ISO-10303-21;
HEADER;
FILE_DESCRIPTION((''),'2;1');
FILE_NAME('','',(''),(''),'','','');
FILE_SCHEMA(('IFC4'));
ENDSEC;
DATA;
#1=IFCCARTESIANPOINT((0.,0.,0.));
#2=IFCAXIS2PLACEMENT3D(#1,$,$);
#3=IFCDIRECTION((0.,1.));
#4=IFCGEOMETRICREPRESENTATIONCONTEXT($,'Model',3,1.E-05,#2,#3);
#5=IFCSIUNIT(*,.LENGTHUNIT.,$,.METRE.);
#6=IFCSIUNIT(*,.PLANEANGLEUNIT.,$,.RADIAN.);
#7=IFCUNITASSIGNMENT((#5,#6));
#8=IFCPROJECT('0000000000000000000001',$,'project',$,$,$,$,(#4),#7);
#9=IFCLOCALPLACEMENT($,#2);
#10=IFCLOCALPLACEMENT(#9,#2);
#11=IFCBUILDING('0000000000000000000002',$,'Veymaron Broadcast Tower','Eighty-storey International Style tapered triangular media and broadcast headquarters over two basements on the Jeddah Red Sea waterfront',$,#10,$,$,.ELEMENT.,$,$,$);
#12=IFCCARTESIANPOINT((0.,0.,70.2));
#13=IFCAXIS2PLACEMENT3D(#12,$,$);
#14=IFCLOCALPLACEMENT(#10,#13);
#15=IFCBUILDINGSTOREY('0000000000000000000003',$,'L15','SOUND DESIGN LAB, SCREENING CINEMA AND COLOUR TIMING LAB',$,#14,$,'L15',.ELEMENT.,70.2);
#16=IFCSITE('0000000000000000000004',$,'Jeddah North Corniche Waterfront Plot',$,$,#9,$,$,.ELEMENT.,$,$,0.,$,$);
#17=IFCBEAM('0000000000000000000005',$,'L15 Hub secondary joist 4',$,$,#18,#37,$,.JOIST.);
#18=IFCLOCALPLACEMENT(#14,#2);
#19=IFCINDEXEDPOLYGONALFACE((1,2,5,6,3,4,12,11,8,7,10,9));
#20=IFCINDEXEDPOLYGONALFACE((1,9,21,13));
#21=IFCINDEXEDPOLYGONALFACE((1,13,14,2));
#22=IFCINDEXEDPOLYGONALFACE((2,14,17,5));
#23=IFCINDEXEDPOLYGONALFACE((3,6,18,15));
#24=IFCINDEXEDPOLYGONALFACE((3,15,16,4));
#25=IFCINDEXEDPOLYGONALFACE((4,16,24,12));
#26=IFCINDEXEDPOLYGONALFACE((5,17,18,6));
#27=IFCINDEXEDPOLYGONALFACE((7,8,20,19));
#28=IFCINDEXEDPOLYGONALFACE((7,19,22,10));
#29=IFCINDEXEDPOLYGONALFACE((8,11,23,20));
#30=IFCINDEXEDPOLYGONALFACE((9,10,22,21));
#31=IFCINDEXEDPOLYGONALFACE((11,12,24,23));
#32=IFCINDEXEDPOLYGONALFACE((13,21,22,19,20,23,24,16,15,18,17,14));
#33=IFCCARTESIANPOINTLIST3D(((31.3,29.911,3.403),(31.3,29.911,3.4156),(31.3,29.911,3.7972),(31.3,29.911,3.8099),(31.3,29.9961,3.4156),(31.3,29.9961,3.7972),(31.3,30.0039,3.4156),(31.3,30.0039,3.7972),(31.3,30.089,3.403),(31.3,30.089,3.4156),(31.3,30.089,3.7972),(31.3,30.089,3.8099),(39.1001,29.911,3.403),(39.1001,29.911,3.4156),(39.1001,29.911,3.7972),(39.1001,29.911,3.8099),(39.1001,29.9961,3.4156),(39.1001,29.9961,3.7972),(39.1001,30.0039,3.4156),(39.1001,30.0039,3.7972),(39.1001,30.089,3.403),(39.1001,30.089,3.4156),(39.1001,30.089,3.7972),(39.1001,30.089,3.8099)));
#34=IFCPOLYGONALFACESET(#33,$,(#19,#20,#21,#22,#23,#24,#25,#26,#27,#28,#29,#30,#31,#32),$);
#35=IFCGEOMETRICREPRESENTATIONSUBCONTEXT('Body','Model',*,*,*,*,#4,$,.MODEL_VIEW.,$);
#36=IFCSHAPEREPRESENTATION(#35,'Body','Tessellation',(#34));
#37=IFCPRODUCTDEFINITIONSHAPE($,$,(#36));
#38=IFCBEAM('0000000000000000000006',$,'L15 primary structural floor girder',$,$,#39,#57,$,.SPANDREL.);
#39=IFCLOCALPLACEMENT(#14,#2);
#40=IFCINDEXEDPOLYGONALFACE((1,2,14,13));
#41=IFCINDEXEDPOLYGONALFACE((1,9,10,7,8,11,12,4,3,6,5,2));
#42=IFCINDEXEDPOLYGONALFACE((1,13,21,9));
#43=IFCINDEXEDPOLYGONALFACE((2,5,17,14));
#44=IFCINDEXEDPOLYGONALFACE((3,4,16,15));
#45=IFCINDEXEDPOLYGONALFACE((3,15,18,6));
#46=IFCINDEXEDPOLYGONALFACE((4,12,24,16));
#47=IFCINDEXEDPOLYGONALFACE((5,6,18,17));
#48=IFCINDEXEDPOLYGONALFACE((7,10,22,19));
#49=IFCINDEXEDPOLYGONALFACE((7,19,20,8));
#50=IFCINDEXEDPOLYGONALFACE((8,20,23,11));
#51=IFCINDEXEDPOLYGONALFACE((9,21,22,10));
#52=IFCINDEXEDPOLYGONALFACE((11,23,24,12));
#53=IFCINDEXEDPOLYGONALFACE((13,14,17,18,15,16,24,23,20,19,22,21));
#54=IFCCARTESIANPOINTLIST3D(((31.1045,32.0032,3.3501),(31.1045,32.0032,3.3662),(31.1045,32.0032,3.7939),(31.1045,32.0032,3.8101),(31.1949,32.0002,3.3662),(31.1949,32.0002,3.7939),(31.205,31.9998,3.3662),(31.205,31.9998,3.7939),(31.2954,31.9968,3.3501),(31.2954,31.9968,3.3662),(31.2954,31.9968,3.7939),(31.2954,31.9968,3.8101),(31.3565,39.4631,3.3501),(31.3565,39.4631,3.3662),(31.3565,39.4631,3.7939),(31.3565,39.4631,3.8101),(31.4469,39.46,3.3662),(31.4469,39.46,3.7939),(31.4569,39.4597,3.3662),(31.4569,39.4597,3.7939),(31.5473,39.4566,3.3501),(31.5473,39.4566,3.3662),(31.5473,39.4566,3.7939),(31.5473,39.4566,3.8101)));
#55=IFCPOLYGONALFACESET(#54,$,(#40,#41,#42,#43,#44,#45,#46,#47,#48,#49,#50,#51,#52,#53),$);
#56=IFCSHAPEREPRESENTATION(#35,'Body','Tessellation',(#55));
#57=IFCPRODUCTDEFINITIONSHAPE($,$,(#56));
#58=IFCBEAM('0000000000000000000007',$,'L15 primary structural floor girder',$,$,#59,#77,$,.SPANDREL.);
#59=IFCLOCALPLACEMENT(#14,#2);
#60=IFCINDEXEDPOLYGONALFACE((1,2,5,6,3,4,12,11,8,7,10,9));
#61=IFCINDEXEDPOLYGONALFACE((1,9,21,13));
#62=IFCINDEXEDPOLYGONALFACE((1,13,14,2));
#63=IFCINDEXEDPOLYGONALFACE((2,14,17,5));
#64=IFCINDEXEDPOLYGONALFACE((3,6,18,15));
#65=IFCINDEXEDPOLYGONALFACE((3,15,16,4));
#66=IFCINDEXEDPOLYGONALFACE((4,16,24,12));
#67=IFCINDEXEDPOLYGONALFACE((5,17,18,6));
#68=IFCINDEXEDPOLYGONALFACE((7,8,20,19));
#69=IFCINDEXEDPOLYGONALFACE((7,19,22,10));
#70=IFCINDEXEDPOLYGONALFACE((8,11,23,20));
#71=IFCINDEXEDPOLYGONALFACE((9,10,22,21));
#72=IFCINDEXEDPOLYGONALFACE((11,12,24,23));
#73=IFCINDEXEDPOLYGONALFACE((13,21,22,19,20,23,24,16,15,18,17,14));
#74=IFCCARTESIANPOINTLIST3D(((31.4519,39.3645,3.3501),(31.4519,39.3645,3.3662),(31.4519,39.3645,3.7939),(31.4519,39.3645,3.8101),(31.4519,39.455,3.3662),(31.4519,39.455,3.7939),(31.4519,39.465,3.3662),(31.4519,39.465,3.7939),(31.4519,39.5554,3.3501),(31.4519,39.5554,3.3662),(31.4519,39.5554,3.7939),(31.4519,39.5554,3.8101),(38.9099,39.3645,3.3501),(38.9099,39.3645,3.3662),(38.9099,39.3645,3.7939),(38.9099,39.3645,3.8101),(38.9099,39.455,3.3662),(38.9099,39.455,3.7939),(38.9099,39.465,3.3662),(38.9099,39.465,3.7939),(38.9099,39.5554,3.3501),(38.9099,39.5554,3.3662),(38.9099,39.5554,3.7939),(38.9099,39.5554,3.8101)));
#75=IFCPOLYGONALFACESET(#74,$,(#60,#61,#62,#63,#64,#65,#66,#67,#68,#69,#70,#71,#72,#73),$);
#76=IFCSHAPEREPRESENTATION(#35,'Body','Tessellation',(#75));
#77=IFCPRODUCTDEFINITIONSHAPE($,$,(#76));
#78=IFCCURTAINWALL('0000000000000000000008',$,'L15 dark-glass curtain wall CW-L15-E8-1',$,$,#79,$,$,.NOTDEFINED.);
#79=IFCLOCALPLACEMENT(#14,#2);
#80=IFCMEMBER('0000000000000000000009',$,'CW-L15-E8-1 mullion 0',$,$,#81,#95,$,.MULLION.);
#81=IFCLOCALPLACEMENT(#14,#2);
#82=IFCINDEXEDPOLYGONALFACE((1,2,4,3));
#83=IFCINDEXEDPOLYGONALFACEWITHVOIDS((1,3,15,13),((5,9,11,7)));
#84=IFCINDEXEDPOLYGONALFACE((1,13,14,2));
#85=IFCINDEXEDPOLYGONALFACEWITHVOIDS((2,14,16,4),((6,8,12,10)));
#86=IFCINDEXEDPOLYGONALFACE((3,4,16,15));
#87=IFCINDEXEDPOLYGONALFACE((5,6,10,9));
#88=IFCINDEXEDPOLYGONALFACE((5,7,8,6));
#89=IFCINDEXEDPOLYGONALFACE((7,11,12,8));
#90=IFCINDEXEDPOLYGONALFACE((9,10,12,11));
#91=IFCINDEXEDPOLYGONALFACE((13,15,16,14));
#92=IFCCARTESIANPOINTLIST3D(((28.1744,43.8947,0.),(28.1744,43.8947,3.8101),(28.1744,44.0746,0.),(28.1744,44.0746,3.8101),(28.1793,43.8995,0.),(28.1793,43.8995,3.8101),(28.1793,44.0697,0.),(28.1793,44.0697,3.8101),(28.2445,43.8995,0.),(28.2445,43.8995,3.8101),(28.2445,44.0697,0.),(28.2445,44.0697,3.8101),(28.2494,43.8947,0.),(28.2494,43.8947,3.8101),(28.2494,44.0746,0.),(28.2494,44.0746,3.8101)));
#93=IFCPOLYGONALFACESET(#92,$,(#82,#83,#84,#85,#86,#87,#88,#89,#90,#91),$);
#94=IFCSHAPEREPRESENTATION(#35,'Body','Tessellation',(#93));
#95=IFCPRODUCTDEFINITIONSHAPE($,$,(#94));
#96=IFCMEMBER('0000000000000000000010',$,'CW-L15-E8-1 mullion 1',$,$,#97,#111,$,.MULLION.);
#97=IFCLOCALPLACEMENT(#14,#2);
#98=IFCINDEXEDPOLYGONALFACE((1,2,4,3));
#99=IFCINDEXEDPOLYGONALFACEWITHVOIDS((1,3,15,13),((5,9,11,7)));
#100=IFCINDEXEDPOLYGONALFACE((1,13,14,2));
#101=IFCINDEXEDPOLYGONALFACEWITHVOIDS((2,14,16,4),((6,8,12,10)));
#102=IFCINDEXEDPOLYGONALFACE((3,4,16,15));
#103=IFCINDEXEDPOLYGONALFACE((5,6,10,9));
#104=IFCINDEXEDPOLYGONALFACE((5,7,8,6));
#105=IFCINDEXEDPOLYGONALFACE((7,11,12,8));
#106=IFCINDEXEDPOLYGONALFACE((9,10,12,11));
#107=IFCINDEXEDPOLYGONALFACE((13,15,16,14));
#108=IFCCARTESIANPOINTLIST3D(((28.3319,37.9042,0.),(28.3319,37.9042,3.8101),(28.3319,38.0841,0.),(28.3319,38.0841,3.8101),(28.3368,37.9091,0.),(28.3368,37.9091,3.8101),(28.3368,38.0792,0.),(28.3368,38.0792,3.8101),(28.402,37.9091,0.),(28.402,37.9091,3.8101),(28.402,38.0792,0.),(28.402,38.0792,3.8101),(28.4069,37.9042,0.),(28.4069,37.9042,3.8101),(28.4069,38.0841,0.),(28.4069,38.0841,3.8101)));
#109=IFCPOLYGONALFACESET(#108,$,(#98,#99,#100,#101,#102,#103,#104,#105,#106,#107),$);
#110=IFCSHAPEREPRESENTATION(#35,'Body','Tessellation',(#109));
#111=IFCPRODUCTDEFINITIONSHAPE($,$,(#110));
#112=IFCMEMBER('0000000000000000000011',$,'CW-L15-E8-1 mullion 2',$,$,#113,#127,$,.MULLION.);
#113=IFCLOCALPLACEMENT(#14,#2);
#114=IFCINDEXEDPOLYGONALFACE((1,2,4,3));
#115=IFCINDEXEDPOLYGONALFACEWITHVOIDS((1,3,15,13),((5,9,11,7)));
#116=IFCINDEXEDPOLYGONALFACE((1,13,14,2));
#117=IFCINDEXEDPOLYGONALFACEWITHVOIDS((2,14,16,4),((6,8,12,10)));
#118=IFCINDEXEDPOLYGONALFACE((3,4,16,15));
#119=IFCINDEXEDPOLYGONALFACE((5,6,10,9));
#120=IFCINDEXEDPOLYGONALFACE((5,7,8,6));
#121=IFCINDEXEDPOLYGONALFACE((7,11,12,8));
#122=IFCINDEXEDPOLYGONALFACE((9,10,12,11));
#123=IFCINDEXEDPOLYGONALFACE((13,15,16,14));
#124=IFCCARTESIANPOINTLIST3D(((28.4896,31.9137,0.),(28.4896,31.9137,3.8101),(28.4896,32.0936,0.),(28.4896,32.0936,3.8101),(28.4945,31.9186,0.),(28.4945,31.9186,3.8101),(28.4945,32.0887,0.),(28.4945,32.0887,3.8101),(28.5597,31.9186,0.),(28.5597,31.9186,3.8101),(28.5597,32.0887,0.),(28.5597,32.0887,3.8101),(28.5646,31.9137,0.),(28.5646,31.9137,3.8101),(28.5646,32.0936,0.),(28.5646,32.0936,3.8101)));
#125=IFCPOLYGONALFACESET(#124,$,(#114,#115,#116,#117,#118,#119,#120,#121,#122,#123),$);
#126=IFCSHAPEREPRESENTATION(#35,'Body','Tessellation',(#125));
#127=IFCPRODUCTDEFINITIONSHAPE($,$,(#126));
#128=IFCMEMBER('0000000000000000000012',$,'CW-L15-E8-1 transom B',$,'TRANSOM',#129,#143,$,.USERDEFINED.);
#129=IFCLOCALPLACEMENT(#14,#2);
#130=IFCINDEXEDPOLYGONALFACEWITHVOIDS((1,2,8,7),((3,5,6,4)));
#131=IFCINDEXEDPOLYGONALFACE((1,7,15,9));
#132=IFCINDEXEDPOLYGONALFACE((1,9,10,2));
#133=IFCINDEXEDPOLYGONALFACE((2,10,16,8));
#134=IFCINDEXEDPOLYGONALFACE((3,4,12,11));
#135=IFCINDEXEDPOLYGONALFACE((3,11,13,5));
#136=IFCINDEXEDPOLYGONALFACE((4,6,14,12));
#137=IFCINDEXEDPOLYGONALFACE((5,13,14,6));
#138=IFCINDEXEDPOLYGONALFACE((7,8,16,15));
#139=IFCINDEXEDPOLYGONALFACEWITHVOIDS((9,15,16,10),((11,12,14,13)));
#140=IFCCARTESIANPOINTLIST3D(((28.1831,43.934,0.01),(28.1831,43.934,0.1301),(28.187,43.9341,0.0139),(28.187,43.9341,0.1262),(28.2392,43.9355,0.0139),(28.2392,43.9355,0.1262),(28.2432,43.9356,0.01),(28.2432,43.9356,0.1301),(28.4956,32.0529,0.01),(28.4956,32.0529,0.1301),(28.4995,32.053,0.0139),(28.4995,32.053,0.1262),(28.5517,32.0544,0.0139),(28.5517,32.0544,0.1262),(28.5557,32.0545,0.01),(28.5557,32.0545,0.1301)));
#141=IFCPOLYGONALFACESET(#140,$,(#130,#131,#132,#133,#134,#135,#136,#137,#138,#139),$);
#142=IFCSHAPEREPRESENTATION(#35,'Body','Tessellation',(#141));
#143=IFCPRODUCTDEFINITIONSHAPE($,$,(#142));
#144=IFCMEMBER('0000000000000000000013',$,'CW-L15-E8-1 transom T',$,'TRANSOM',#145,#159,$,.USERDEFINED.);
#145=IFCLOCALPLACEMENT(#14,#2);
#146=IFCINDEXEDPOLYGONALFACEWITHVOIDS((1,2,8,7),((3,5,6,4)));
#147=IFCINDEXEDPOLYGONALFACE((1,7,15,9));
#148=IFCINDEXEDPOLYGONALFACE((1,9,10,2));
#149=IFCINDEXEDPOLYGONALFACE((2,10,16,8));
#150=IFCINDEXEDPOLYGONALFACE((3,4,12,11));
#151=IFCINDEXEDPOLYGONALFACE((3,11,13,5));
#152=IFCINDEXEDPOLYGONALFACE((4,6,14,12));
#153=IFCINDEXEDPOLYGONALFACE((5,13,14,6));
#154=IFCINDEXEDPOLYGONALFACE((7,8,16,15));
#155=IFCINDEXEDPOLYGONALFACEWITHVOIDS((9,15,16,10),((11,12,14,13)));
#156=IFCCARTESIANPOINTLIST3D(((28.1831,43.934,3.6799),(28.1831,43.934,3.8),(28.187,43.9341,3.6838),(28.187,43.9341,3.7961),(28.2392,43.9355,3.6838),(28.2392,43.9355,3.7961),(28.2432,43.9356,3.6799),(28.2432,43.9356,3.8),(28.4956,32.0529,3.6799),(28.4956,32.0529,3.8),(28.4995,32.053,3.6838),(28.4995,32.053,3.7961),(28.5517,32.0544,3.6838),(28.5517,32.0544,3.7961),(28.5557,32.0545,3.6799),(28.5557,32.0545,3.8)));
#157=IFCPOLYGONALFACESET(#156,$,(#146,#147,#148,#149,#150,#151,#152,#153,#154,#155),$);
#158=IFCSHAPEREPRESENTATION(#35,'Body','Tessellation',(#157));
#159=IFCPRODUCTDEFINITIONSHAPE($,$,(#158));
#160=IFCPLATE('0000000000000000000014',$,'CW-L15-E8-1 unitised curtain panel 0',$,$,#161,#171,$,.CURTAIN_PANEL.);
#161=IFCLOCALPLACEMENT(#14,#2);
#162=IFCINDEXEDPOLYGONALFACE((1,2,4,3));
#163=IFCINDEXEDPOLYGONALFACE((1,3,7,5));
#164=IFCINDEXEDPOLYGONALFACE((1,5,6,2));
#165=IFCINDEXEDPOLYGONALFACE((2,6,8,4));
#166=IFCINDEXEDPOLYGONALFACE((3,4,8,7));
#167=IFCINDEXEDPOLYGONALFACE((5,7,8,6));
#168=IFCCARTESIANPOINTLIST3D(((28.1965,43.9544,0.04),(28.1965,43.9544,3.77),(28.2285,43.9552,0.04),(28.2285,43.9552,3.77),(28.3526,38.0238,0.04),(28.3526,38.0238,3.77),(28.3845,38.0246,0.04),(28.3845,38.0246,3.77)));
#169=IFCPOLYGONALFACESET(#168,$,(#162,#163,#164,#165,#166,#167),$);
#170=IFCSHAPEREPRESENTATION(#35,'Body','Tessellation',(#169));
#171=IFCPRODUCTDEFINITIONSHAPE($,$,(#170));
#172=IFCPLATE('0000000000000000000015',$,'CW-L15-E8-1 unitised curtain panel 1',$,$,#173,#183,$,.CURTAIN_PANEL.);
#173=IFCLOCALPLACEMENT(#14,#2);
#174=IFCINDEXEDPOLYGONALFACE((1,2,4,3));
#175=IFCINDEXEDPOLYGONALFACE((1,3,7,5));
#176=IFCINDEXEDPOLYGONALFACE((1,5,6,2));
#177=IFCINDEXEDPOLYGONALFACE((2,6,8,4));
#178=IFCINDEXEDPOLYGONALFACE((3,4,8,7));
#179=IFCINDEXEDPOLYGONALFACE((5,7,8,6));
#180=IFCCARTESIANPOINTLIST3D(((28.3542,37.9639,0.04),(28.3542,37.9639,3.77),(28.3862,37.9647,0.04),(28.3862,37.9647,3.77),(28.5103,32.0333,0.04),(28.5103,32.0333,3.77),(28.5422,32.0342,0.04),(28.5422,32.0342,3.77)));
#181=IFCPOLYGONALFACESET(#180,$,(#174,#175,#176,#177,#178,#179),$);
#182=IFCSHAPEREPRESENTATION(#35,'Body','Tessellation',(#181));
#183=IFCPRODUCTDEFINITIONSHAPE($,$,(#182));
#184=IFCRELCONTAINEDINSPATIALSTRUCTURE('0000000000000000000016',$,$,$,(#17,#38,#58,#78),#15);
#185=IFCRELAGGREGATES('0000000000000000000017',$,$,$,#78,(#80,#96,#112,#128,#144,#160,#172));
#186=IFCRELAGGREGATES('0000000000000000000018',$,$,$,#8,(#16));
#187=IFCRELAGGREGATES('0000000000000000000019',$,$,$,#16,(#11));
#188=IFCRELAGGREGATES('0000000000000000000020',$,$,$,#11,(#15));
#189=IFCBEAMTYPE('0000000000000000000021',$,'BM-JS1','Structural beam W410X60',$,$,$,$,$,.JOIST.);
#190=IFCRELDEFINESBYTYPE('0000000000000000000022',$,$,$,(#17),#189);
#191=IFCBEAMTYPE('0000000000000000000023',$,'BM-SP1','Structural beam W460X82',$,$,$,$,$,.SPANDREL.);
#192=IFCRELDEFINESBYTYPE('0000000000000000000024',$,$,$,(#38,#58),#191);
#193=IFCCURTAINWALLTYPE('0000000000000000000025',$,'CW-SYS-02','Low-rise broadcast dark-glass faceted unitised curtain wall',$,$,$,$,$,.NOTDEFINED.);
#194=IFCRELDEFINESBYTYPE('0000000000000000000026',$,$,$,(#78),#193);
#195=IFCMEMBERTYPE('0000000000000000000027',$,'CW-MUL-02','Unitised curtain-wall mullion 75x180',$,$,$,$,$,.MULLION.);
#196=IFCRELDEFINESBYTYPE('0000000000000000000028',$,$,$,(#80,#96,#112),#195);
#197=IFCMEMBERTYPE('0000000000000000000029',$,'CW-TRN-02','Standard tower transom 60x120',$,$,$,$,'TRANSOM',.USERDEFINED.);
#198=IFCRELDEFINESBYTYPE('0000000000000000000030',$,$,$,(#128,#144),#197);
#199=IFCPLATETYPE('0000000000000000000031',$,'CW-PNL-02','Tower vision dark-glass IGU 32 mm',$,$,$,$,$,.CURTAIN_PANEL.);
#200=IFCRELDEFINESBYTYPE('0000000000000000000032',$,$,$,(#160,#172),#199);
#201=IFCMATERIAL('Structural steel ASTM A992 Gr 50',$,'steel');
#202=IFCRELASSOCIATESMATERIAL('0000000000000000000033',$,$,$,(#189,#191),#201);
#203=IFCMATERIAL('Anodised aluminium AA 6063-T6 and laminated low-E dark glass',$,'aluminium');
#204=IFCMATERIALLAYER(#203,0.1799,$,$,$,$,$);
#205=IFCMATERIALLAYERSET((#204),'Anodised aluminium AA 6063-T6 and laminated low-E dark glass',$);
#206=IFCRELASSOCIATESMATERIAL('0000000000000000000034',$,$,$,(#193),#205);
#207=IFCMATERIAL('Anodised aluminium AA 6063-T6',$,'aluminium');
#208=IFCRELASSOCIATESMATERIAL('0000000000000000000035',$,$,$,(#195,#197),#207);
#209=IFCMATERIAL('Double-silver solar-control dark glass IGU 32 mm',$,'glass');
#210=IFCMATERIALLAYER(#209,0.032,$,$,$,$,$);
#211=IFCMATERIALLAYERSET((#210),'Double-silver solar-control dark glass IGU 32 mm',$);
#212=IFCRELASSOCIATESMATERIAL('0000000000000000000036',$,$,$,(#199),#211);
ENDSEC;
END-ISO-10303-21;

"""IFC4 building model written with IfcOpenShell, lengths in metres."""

from ifc_helpers import new_model, si_unit, direction, frame, origin, origin_2d, place, context, subcontext, project, spatial, rectangle, hollow_rectangle, i_section, extrude, material, layer, layer_set, material_profile, profile_set, type_object, element, aggregate, save


model = new_model("IFC4")

# Units and contexts
model_context = context("Model", 3, precision=1e-05, world=origin(), true_north=direction((0.0, 1.0)))
body_context = subcontext(model_context, "Body", "Model", "MODEL_VIEW")
ifc_project = project(units=[si_unit("LENGTHUNIT", "METRE"), si_unit("PLANEANGLEUNIT", "RADIAN")], contexts=[model_context])

# Site, building, storey
site_placement = place(None, origin())
site = spatial("IfcSite", under=ifc_project, at=site_placement, Name="Jeddah North Corniche Waterfront Plot", CompositionType="ELEMENT", RefElevation=0.0)
building_placement = place(site_placement, origin())
building = spatial("IfcBuilding", under=site, at=building_placement, Name="Veymaron Broadcast Tower", Description="Eighty-storey International Style tapered triangular media and broadcast headquarters over two basements on the Jeddah Red Sea waterfront", CompositionType="ELEMENT")
storey_placement = place(building_placement, frame((0.0, 0.0, 70.2)))
storey = spatial("IfcBuildingStorey", under=building, at=storey_placement, Name="L15", Description="SOUND DESIGN LAB, SCREENING CINEMA AND COLOUR TIMING LAB", LongName="L15", CompositionType="ELEMENT", Elevation=70.2)

# Beams
ifc_material_1 = material(Name="Structural steel ASTM A992 Gr 50", Category="steel")
ifc_material_profile_1 = material_profile(ifc_material_1, i_section(OverallWidth=0.178, OverallDepth=0.407, WebThickness=0.0078, FlangeThickness=0.0127, at=origin_2d()), Name="W410X60")
ifc_profile_set_1 = profile_set([ifc_material_profile_1], Name="Structural steel ASTM A992 Gr 50")
beam_type_1 = type_object("IfcBeamType", Name="BM-JS1", Description="Structural beam W410X60", PredefinedType="JOIST", material=ifc_profile_set_1)
for number, where, z_axis, x_axis, name in (
    (1, (31.3, 30.0, 3.6064), (1.0, 0.0, 0.0), (0.0, 1.0, 0.0), "L15 Hub secondary joist 4"),
):
    element("IfcBeam", number, at=place(storey_placement, frame(where, z_axis=z_axis, x_axis=x_axis)), inside=storey, type_object=beam_type_1, Name=name, PredefinedType="JOIST", context=body_context, shape_type="SweptSolid", body=[
        extrude(i_section(OverallWidth=0.178, OverallDepth=0.407, WebThickness=0.0078, FlangeThickness=0.0127, at=origin_2d()), origin(), (0.0, 0.0, 1.0), 7.8),
    ])
ifc_material_profile_2 = material_profile(ifc_material_1, i_section(OverallWidth=0.1909, OverallDepth=0.46, WebThickness=0.01, FlangeThickness=0.0161, at=origin_2d()), Name="W460X82")
ifc_profile_set_2 = profile_set([ifc_material_profile_2], Name="Structural steel ASTM A992 Gr 50")
beam_type_2 = type_object("IfcBeamType", Name="BM-SP1", Description="Structural beam W460X82", PredefinedType="SPANDREL", material=ifc_profile_set_2)
beam_1_placement = place(storey_placement, frame((31.2, 32.0, 3.5801), z_axis=(0.033755, 0.99943, 0.0), x_axis=(-0.99943, 0.033755, 0.0)))
element("IfcBeam", 2, at=beam_1_placement, inside=storey, type_object=beam_type_2, Name="L15 primary structural floor girder", PredefinedType="SPANDREL", context=body_context, shape_type="SweptSolid", body=[
    extrude(i_section(OverallWidth=0.1909, OverallDepth=0.46, WebThickness=0.01, FlangeThickness=0.0161, at=origin_2d()), origin(), (0.0, 0.0, 1.0), 7.4641),
])
beam_2_placement = place(storey_placement, frame((31.4519, 39.46, 3.5801), z_axis=(1.0, 0.0, 0.0), x_axis=(0.0, 1.0, 0.0)))
element("IfcBeam", 3, at=beam_2_placement, inside=storey, type_object=beam_type_2, Name="L15 primary structural floor girder", PredefinedType="SPANDREL", context=body_context, shape_type="SweptSolid", body=[
    extrude(i_section(OverallWidth=0.1909, OverallDepth=0.46, WebThickness=0.01, FlangeThickness=0.0161, at=origin_2d()), origin(), (0.0, 0.0, 1.0), 7.458),
])

# Curtain wall, members, plates
ifc_material_2 = material(Name="Anodised aluminium AA 6063-T6 and laminated low-E dark glass", Category="aluminium")
ifc_layer_1 = layer(ifc_material_2, 0.1799)
ifc_layer_set_1 = layer_set([ifc_layer_1], Name="Anodised aluminium AA 6063-T6 and laminated low-E dark glass")
curtain_wall_type = type_object("IfcCurtainWallType", Name="CW-SYS-02", Description="Low-rise broadcast dark-glass faceted unitised curtain wall", PredefinedType="NOTDEFINED", material=ifc_layer_set_1)
curtain_wall_placement = place(storey_placement, origin())
curtain_wall = element("IfcCurtainWall", 4, at=curtain_wall_placement, inside=storey, type_object=curtain_wall_type, Name="L15 dark-glass curtain wall CW-L15-E8-1", PredefinedType="NOTDEFINED")
ifc_material_3 = material(Name="Anodised aluminium AA 6063-T6", Category="aluminium")
ifc_material_profile_3 = material_profile(ifc_material_3, hollow_rectangle(XDim=0.075, YDim=0.1799, WallThickness=0.0049, at=origin_2d()), Name="AL180X75X5")
ifc_profile_set_3 = profile_set([ifc_material_profile_3], Name="Anodised aluminium AA 6063-T6")
member_type_1 = type_object("IfcMemberType", Name="CW-MUL-02", Description="Unitised curtain-wall mullion 75x180", PredefinedType="MULLION", material=ifc_profile_set_3)
member_1_placement = place(storey_placement, frame((28.2119, 43.9846, 0.0), z_axis=(0.0, 0.0, 1.0), x_axis=(1.0, 0.0, 0.0)))
member_1 = element("IfcMember", 5, at=member_1_placement, type_object=member_type_1, Name="CW-L15-E8-1 mullion 0", PredefinedType="MULLION", context=body_context, shape_type="SweptSolid", body=[
    extrude(hollow_rectangle(XDim=0.075, YDim=0.1799, WallThickness=0.0049, at=origin_2d()), origin(), (0.0, 0.0, 1.0), 3.8101),
])
member_2_placement = place(storey_placement, frame((28.3694, 37.9941, 0.0), z_axis=(0.0, 0.0, 1.0), x_axis=(1.0, 0.0, 0.0)))
member_2 = element("IfcMember", 6, at=member_2_placement, type_object=member_type_1, Name="CW-L15-E8-1 mullion 1", PredefinedType="MULLION", context=body_context, shape_type="SweptSolid", body=[
    extrude(hollow_rectangle(XDim=0.075, YDim=0.1799, WallThickness=0.0049, at=origin_2d()), origin(), (0.0, 0.0, 1.0), 3.8101),
])
member_3_placement = place(storey_placement, frame((28.5271, 32.0037, 0.0), z_axis=(0.0, 0.0, 1.0), x_axis=(1.0, 0.0, 0.0)))
member_3 = element("IfcMember", 7, at=member_3_placement, type_object=member_type_1, Name="CW-L15-E8-1 mullion 2", PredefinedType="MULLION", context=body_context, shape_type="SweptSolid", body=[
    extrude(hollow_rectangle(XDim=0.075, YDim=0.1799, WallThickness=0.0049, at=origin_2d()), origin(), (0.0, 0.0, 1.0), 3.8101),
])
ifc_material_profile_4 = material_profile(ifc_material_3, hollow_rectangle(XDim=0.0601, YDim=0.1201, WallThickness=0.0039, at=origin_2d()), Name="AL120X60X4")
ifc_profile_set_4 = profile_set([ifc_material_profile_4], Name="Anodised aluminium AA 6063-T6")
member_type_2 = type_object("IfcMemberType", Name="CW-TRN-02", Description="Standard tower transom 60x120", ElementType="TRANSOM", PredefinedType="USERDEFINED", material=ifc_profile_set_4)
member_4_placement = place(storey_placement, frame((28.2131, 43.9348, 0.0701), z_axis=(0.026293, -0.999654, 0.0), x_axis=(0.999654, 0.026293, 0.0)))
member_4 = element("IfcMember", 8, at=member_4_placement, type_object=member_type_2, Name="CW-L15-E8-1 transom B", ObjectType="TRANSOM", PredefinedType="USERDEFINED", context=body_context, shape_type="SweptSolid", body=[
    extrude(hollow_rectangle(XDim=0.0601, YDim=0.1201, WallThickness=0.0039, at=origin_2d()), origin(), (0.0, 0.0, 1.0), 11.8853),
])
member_5_placement = place(storey_placement, frame((28.2131, 43.9348, 3.74), z_axis=(0.026293, -0.999654, 0.0), x_axis=(0.999654, 0.026293, 0.0)))
member_5 = element("IfcMember", 9, at=member_5_placement, type_object=member_type_2, Name="CW-L15-E8-1 transom T", ObjectType="TRANSOM", PredefinedType="USERDEFINED", context=body_context, shape_type="SweptSolid", body=[
    extrude(hollow_rectangle(XDim=0.0601, YDim=0.1201, WallThickness=0.0039, at=origin_2d()), origin(), (0.0, 0.0, 1.0), 11.8853),
])
ifc_material_4 = material(Name="Double-silver solar-control dark glass IGU 32 mm", Category="glass")
ifc_layer_2 = layer(ifc_material_4, 0.032)
ifc_layer_set_2 = layer_set([ifc_layer_2], Name="Double-silver solar-control dark glass IGU 32 mm")
plate_type = type_object("IfcPlateType", Name="CW-PNL-02", Description="Tower vision dark-glass IGU 32 mm", PredefinedType="CURTAIN_PANEL", material=ifc_layer_set_2)
plate_1_placement = place(storey_placement, frame((28.2905, 40.9895, 0.04), z_axis=(0.0, 0.0, 1.0), x_axis=(0.026299, -0.999654, 0.0)))
plate_1 = element("IfcPlate", 10, at=plate_1_placement, type_object=plate_type, Name="CW-L15-E8-1 unitised curtain panel 0", PredefinedType="CURTAIN_PANEL", context=body_context, shape_type="SweptSolid", body=[
    extrude(rectangle(XDim=5.9326, YDim=0.032, at=origin_2d()), origin(), (0.0, 0.0, 1.0), 3.73),
])
plate_2_placement = place(storey_placement, frame((28.4482, 34.999, 0.04), z_axis=(0.0, 0.0, 1.0), x_axis=(0.026299, -0.999654, 0.0)))
plate_2 = element("IfcPlate", 11, at=plate_2_placement, type_object=plate_type, Name="CW-L15-E8-1 unitised curtain panel 1", PredefinedType="CURTAIN_PANEL", context=body_context, shape_type="SweptSolid", body=[
    extrude(rectangle(XDim=5.9326, YDim=0.032, at=origin_2d()), origin(), (0.0, 0.0, 1.0), 3.73),
])
aggregate(curtain_wall, [member_1, member_2, member_3, member_4, member_5, plate_1, plate_2])

save(model, "model.ifc")
